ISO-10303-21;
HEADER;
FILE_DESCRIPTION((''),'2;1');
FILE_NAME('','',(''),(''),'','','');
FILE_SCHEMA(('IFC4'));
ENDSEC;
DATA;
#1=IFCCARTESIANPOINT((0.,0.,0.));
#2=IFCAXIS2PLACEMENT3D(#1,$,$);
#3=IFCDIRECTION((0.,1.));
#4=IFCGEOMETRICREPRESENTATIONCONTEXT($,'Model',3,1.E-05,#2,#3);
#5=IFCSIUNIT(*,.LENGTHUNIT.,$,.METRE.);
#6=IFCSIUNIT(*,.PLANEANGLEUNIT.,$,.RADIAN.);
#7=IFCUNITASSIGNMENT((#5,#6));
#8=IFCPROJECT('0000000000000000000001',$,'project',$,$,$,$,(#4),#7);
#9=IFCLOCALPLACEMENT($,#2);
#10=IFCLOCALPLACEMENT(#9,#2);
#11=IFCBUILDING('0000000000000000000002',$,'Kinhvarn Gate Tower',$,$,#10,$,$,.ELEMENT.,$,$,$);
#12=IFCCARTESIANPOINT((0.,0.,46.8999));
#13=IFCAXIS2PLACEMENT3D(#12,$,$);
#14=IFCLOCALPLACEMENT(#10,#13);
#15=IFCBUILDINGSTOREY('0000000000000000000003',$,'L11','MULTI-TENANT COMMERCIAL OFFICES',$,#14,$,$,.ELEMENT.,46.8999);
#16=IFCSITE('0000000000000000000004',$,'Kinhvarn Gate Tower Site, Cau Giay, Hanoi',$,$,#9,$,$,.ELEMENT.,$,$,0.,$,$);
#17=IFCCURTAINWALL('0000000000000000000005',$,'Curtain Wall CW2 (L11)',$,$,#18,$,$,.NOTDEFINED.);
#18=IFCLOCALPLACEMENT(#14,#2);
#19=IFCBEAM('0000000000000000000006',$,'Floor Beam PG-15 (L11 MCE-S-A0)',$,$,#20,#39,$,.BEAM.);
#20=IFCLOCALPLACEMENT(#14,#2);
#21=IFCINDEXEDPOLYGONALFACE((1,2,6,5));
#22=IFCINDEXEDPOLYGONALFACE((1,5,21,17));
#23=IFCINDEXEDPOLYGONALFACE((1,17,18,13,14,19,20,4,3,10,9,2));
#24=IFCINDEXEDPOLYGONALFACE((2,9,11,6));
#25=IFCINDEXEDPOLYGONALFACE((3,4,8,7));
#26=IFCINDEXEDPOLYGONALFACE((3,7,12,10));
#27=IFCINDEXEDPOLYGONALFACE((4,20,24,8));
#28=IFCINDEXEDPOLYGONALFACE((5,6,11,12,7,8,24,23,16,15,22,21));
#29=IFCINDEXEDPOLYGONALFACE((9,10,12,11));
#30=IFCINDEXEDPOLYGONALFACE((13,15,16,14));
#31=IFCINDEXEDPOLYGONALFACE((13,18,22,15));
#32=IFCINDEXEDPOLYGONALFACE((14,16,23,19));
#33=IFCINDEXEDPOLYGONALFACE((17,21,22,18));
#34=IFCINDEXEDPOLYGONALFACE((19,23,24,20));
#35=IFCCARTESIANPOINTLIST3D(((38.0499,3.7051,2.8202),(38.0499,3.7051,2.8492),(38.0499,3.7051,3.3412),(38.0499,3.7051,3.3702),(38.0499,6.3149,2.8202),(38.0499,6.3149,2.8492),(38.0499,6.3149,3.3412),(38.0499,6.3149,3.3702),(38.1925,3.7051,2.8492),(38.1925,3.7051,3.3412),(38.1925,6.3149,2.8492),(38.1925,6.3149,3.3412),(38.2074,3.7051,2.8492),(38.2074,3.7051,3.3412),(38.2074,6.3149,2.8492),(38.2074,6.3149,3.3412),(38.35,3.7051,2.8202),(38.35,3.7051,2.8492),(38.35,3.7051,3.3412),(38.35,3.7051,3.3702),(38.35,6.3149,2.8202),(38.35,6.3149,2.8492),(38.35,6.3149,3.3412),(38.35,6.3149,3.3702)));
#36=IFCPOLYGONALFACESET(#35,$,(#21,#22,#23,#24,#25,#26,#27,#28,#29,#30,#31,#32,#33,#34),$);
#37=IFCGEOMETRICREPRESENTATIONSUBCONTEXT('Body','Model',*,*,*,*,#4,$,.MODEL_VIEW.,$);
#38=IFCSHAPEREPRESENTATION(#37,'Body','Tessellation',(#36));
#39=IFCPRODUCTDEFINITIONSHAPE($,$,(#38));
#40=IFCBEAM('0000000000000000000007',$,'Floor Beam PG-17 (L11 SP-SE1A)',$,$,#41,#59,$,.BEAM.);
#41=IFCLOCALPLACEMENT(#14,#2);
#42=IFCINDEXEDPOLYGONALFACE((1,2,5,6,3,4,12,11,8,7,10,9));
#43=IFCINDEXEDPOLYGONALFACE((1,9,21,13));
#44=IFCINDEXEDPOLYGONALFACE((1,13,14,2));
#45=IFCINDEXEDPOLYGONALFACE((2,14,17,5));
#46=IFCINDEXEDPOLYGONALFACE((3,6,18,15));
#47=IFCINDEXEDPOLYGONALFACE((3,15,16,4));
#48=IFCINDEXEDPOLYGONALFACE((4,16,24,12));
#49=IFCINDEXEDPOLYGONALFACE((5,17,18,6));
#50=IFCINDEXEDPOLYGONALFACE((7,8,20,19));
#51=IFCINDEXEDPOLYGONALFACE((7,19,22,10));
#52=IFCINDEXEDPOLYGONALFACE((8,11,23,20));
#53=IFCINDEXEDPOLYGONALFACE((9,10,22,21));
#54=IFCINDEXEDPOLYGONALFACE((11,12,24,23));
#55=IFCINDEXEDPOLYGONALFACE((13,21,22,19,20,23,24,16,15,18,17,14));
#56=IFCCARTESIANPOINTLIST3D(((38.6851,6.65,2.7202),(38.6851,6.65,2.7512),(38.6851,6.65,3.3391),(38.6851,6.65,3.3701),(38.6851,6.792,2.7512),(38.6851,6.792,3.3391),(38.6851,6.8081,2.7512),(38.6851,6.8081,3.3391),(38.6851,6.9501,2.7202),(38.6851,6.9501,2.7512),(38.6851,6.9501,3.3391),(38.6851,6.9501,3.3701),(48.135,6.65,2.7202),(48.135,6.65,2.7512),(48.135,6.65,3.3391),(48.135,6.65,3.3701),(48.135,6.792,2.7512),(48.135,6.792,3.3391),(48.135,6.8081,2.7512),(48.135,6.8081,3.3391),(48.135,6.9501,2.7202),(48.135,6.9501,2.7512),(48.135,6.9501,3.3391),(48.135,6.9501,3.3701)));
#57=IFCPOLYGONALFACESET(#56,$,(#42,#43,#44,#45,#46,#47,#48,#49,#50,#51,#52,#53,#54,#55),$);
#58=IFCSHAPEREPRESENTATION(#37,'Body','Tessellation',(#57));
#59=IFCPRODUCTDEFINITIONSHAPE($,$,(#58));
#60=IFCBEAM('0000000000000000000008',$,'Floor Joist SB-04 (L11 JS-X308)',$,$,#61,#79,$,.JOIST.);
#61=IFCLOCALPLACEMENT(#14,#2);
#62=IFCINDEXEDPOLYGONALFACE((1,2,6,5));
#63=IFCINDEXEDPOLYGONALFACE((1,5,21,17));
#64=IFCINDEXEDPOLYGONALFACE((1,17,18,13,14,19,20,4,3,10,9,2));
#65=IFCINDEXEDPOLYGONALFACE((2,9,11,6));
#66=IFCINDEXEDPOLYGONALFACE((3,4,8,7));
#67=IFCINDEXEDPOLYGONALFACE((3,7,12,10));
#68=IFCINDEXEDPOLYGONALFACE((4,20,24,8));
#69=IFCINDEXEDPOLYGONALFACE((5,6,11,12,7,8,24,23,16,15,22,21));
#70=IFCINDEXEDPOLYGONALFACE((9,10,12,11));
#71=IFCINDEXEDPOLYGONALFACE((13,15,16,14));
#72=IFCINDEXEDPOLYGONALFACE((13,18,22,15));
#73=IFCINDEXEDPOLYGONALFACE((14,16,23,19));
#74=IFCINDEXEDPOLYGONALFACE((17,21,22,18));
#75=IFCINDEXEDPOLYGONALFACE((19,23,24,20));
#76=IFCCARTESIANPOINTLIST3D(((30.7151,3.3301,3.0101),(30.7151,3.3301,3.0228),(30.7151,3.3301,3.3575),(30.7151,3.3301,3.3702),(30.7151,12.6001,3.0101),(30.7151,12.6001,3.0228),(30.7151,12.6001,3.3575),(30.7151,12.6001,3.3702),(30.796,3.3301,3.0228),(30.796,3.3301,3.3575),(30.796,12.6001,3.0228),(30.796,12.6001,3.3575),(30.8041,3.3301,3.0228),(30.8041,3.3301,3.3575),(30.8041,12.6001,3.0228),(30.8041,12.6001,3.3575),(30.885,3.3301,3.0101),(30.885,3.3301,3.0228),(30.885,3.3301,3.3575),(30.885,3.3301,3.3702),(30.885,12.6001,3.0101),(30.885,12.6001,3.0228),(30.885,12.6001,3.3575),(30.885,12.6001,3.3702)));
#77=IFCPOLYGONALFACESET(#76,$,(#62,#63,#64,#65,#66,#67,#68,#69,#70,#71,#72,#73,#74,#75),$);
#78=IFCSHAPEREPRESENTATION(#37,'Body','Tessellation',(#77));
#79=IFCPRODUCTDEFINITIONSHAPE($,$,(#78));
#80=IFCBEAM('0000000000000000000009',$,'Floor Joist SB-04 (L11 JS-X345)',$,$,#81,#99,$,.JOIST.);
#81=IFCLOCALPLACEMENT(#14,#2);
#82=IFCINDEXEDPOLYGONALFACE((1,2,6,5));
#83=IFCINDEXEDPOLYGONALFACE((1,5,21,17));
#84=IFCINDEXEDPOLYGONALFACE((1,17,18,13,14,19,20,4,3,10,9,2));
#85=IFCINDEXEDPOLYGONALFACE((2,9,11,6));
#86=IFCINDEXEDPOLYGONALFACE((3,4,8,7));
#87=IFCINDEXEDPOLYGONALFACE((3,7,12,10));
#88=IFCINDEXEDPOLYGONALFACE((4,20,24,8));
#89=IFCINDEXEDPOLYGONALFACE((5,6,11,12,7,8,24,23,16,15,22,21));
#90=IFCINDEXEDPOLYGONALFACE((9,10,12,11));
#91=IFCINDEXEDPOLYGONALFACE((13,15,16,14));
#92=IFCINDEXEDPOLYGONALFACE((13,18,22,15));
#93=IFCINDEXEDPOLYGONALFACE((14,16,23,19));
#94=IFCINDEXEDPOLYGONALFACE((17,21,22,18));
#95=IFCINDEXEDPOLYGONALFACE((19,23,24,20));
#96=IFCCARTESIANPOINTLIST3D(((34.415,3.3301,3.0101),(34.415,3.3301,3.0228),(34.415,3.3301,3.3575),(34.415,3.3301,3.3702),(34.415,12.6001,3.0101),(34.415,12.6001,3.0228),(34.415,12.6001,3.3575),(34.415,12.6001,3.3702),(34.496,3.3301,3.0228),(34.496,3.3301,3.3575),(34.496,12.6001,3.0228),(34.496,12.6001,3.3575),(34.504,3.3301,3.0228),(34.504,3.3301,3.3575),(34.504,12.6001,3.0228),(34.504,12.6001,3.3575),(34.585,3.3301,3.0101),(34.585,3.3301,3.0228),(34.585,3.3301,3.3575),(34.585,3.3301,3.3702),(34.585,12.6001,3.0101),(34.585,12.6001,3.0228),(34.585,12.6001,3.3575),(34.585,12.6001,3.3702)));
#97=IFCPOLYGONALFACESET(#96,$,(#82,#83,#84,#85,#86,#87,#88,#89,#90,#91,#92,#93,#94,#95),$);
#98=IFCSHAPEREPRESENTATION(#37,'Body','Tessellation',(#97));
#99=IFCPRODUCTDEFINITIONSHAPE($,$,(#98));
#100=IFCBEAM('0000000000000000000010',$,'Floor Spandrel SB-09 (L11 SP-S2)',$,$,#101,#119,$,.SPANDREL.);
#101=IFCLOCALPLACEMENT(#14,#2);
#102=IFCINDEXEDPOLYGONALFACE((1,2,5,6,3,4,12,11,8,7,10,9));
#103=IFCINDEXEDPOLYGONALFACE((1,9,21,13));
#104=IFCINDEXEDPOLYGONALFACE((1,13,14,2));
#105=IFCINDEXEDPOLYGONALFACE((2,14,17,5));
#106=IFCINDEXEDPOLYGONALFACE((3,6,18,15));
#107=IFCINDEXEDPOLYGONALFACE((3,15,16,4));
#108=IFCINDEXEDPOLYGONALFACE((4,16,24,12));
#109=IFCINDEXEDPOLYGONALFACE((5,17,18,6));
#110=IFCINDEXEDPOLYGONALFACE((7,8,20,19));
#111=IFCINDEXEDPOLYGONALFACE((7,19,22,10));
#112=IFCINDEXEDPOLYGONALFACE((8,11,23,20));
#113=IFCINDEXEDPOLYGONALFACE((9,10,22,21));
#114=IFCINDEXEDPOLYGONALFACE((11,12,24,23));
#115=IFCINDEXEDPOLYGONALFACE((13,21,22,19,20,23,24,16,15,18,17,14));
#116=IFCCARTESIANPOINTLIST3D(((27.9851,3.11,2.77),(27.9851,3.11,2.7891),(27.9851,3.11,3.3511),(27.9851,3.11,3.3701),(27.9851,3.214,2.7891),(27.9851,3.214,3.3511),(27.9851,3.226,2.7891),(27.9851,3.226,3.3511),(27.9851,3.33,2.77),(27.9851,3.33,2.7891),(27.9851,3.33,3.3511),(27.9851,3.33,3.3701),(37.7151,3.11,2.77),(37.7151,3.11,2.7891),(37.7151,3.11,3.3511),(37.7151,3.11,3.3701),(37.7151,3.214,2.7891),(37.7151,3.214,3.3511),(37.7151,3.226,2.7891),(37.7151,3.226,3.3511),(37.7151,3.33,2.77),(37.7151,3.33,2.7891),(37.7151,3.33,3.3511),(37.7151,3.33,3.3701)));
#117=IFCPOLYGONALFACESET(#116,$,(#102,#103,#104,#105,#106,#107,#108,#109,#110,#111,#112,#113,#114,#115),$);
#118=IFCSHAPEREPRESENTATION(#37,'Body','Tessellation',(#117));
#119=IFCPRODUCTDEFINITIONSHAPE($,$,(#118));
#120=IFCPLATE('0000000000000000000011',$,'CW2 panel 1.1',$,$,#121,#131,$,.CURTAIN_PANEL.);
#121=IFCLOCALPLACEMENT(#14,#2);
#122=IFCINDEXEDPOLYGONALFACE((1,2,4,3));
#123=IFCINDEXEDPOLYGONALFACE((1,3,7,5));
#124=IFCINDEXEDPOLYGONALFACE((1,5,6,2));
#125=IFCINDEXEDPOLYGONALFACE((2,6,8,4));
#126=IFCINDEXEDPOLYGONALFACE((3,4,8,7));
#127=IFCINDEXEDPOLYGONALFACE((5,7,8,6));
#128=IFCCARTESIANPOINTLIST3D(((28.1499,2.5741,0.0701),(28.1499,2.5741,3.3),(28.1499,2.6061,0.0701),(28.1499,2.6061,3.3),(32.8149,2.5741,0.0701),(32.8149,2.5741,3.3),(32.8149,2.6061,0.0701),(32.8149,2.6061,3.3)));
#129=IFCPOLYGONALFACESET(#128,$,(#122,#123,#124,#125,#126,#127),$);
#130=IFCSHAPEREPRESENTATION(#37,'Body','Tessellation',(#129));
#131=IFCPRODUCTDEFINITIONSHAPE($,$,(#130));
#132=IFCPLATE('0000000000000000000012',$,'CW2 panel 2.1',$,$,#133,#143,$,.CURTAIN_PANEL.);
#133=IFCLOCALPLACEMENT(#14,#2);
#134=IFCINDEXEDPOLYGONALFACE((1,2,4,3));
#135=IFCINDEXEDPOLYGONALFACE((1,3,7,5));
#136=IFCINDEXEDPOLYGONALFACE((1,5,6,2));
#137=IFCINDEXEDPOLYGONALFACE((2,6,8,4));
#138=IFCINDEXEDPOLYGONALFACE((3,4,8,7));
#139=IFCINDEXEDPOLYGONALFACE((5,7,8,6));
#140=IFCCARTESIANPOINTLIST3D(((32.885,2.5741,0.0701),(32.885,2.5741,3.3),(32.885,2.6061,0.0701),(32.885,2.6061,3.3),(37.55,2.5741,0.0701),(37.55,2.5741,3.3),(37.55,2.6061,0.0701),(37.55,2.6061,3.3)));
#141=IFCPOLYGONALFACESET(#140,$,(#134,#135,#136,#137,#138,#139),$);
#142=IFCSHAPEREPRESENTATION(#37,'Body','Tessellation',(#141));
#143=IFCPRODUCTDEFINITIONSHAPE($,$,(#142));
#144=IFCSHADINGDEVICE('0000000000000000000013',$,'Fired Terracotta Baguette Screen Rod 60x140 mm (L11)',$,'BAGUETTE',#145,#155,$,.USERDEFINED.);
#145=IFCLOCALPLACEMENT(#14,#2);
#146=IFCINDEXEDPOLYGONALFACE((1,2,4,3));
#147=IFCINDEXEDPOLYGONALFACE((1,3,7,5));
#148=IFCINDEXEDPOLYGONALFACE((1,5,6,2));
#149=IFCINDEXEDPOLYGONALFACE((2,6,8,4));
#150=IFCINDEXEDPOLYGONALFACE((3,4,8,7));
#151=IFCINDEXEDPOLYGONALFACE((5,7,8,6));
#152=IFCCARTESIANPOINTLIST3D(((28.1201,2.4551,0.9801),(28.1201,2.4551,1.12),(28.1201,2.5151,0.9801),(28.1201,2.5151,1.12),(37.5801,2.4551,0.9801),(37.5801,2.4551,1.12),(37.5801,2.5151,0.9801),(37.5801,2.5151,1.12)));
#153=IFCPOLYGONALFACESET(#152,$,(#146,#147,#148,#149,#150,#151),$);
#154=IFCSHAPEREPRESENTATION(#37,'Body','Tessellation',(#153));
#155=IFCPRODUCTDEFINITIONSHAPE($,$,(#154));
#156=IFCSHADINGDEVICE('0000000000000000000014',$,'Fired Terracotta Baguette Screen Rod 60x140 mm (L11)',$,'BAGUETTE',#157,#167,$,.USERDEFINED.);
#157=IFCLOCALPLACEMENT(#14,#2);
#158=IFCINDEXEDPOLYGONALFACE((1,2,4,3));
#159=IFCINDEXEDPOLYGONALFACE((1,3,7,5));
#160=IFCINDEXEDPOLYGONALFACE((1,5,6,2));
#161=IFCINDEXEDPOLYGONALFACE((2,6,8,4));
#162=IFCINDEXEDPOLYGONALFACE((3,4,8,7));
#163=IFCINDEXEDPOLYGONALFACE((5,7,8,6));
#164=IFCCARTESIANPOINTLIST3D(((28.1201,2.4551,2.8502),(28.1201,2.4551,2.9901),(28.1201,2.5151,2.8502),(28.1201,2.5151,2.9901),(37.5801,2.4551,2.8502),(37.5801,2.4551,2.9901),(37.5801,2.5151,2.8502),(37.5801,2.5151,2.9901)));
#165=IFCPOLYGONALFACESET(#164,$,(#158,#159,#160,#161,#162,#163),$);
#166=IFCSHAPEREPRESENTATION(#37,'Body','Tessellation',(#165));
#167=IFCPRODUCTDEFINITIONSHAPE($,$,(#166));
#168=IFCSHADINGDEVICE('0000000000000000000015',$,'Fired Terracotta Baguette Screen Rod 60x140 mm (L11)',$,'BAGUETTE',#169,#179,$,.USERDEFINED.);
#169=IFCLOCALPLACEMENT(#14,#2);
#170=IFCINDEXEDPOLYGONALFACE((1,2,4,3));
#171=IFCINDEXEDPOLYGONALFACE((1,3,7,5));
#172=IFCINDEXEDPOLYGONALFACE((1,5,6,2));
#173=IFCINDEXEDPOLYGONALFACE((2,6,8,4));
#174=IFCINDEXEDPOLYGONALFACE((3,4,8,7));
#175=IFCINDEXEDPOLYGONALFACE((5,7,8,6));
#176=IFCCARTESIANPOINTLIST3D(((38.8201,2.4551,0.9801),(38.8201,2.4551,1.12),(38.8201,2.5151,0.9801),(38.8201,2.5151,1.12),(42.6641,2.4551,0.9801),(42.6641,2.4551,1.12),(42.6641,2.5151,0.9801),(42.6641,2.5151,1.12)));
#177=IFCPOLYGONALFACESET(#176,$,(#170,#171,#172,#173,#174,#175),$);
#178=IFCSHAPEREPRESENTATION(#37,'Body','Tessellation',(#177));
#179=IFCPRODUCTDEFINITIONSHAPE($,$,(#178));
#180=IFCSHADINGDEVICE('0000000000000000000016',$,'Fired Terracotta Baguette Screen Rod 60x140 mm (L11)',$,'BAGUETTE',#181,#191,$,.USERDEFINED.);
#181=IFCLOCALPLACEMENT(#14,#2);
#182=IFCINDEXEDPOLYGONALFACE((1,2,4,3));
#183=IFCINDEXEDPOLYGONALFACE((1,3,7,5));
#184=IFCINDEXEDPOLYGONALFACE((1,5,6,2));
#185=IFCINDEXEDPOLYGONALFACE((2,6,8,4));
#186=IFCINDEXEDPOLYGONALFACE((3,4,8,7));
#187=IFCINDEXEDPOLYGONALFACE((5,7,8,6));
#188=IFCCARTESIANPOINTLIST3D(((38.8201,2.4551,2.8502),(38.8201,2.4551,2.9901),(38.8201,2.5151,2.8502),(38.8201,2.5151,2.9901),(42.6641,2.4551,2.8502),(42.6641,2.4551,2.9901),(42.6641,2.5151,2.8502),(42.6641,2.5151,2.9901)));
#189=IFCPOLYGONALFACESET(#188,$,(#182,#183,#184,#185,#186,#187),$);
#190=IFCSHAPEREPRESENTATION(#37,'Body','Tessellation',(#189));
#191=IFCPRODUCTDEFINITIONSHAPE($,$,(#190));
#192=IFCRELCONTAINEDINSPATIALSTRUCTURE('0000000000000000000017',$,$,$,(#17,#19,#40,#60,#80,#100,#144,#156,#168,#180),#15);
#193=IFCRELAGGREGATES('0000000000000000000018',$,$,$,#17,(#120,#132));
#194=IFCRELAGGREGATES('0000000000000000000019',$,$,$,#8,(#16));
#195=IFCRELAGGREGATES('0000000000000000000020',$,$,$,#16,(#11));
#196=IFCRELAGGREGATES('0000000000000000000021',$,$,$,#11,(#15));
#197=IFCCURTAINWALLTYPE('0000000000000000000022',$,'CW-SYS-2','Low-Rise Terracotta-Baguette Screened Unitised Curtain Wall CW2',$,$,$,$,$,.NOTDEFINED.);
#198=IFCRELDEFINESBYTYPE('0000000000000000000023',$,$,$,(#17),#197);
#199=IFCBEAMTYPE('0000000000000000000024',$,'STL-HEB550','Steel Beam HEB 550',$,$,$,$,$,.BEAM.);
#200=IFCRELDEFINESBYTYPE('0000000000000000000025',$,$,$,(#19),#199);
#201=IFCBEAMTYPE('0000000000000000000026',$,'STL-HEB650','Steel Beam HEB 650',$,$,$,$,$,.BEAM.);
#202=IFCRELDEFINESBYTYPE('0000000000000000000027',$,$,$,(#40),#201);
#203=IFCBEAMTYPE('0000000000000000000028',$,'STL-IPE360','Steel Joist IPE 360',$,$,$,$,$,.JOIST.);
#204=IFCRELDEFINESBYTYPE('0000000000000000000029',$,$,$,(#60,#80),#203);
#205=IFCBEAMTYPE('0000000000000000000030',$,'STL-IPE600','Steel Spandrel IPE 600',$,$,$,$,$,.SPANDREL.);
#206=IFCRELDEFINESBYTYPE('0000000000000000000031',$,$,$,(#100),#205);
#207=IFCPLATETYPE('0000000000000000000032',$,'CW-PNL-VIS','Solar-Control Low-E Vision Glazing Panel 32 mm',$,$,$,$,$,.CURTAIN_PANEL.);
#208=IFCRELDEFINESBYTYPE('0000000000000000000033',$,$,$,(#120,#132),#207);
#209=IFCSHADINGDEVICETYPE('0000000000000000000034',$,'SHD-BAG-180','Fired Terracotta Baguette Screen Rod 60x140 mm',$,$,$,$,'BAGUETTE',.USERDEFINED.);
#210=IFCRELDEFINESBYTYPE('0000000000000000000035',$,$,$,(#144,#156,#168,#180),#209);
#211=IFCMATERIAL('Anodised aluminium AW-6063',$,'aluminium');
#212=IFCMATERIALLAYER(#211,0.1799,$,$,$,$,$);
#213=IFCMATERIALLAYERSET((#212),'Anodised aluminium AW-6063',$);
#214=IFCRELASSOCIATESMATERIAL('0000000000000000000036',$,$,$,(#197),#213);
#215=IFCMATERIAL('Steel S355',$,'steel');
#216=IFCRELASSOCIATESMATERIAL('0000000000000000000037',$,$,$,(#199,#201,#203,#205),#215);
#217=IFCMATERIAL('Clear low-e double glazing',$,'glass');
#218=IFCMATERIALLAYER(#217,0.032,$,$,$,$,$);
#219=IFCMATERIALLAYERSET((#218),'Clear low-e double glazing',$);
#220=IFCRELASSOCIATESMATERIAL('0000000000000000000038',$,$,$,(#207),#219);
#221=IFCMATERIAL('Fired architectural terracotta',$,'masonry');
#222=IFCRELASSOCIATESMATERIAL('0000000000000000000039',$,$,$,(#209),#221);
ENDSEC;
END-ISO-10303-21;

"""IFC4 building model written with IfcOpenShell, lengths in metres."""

from ifc_helpers import new_model, si_unit, direction, frame, origin, origin_2d, place, context, subcontext, project, spatial, rectangle, i_section, extrude, material, layer, layer_set, material_profile, profile_set, type_object, element, aggregate, save


model = new_model("IFC4")

# Units and contexts
model_context = context("Model", 3, precision=1e-05, world=origin(), true_north=direction((0.0, 1.0)))
body_context = subcontext(model_context, "Body", "Model", "MODEL_VIEW")
ifc_project = project(units=[si_unit("LENGTHUNIT", "METRE"), si_unit("PLANEANGLEUNIT", "RADIAN")], contexts=[model_context])

# Site, building, storey
site_placement = place(None, origin())
site = spatial("IfcSite", under=ifc_project, at=site_placement, Name="Kinhvarn Gate Tower Site, Cau Giay, Hanoi", CompositionType="ELEMENT", RefElevation=0.0)
building_placement = place(site_placement, origin())
building = spatial("IfcBuilding", under=site, at=building_placement, Name="Kinhvarn Gate Tower", CompositionType="ELEMENT")
storey_placement = place(building_placement, frame((0.0, 0.0, 46.8999)))
storey = spatial("IfcBuildingStorey", under=building, at=storey_placement, Name="L11", Description="MULTI-TENANT COMMERCIAL OFFICES", CompositionType="ELEMENT", Elevation=46.8999)

# Shared definitions
ifc_material_1 = material(Name="Anodised aluminium AW-6063", Category="aluminium")
ifc_layer_1 = layer(ifc_material_1, 0.1799)
ifc_layer_set_1 = layer_set([ifc_layer_1], Name="Anodised aluminium AW-6063")
curtain_wall_type = type_object("IfcCurtainWallType", Name="CW-SYS-2", Description="Low-Rise Terracotta-Baguette Screened Unitised Curtain Wall CW2", PredefinedType="NOTDEFINED", material=ifc_layer_set_1)

# Curtain wall
curtain_wall_1_placement = place(storey_placement, origin())
curtain_wall_1 = element("IfcCurtainWall", 1, at=curtain_wall_1_placement, inside=storey, type_object=curtain_wall_type, Name="Curtain Wall CW2 (L11)", PredefinedType="NOTDEFINED")

# Beams
ifc_material_2 = material(Name="Steel S355", Category="steel")
ifc_material_profile_1 = material_profile(ifc_material_2, i_section(OverallWidth=0.3, OverallDepth=0.55, WebThickness=0.0149, FlangeThickness=0.0291, at=origin_2d()), Name="HEB 550")
ifc_profile_set_1 = profile_set([ifc_material_profile_1], Name="Steel S355")
beam_type_1 = type_object("IfcBeamType", Name="STL-HEB550", Description="Steel Beam HEB 550", PredefinedType="BEAM", material=ifc_profile_set_1)
beam_1_placement = place(storey_placement, frame((38.2, 3.7051, 3.0952), z_axis=(0.0, 1.0, 0.0), x_axis=(-1.0, 0.0, 0.0)))
element("IfcBeam", 2, at=beam_1_placement, inside=storey, type_object=beam_type_1, Name="Floor Beam PG-15 (L11 MCE-S-A0)", PredefinedType="BEAM", context=body_context, shape_type="SweptSolid", body=[
    extrude(i_section(OverallWidth=0.3, OverallDepth=0.55, WebThickness=0.0149, FlangeThickness=0.0291, at=origin_2d()), origin(), (0.0, 0.0, 1.0), 2.6099),
])
ifc_material_profile_2 = material_profile(ifc_material_2, i_section(OverallWidth=0.3, OverallDepth=0.6499, WebThickness=0.0161, FlangeThickness=0.031, at=origin_2d()), Name="HEB 650")
ifc_profile_set_2 = profile_set([ifc_material_profile_2], Name="Steel S355")
beam_type_2 = type_object("IfcBeamType", Name="STL-HEB650", Description="Steel Beam HEB 650", PredefinedType="BEAM", material=ifc_profile_set_2)
beam_2_placement = place(storey_placement, frame((38.6851, 6.8, 3.0452), z_axis=(1.0, 0.0, 0.0), x_axis=(0.0, 1.0, 0.0)))
element("IfcBeam", 3, at=beam_2_placement, inside=storey, type_object=beam_type_2, Name="Floor Beam PG-17 (L11 SP-SE1A)", PredefinedType="BEAM", context=body_context, shape_type="SweptSolid", body=[
    extrude(i_section(OverallWidth=0.3, OverallDepth=0.6499, WebThickness=0.0161, FlangeThickness=0.031, at=origin_2d()), origin(), (0.0, 0.0, 1.0), 9.45),
])
ifc_material_profile_3 = material_profile(ifc_material_2, i_section(OverallWidth=0.1699, OverallDepth=0.3601, WebThickness=0.0081, FlangeThickness=0.0127, at=origin_2d()), Name="IPE 360")
ifc_profile_set_3 = profile_set([ifc_material_profile_3], Name="Steel S355")
beam_type_3 = type_object("IfcBeamType", Name="STL-IPE360", Description="Steel Joist IPE 360", PredefinedType="JOIST", material=ifc_profile_set_3)
for number, where, z_axis, x_axis, name in (
    (4, (30.8, 3.3301, 3.1902), (0.0, 1.0, 0.0), (-1.0, 0.0, 0.0), "Floor Joist SB-04 (L11 JS-X308)"),
    (5, (34.5, 3.3301, 3.1902), (0.0, 1.0, 0.0), (-1.0, 0.0, 0.0), "Floor Joist SB-04 (L11 JS-X345)"),
):
    element("IfcBeam", number, at=place(storey_placement, frame(where, z_axis=z_axis, x_axis=x_axis)), inside=storey, type_object=beam_type_3, Name=name, PredefinedType="JOIST", context=body_context, shape_type="SweptSolid", body=[
        extrude(i_section(OverallWidth=0.1699, OverallDepth=0.3601, WebThickness=0.0081, FlangeThickness=0.0127, at=origin_2d()), origin(), (0.0, 0.0, 1.0), 9.27),
    ])
ifc_material_profile_4 = material_profile(ifc_material_2, i_section(OverallWidth=0.22, OverallDepth=0.6001, WebThickness=0.012, FlangeThickness=0.019, at=origin_2d()), Name="IPE 600")
ifc_profile_set_4 = profile_set([ifc_material_profile_4], Name="Steel S355")
beam_type_4 = type_object("IfcBeamType", Name="STL-IPE600", Description="Steel Spandrel IPE 600", PredefinedType="SPANDREL", material=ifc_profile_set_4)
beam_3_placement = place(storey_placement, frame((27.9851, 3.22, 3.0701), z_axis=(1.0, 0.0, 0.0), x_axis=(0.0, 1.0, 0.0)))
element("IfcBeam", 6, at=beam_3_placement, inside=storey, type_object=beam_type_4, Name="Floor Spandrel SB-09 (L11 SP-S2)", PredefinedType="SPANDREL", context=body_context, shape_type="SweptSolid", body=[
    extrude(i_section(OverallWidth=0.22, OverallDepth=0.6001, WebThickness=0.012, FlangeThickness=0.019, at=origin_2d()), origin(), (0.0, 0.0, 1.0), 9.73),
])

# Plates
ifc_material_3 = material(Name="Clear low-e double glazing", Category="glass")
ifc_layer_2 = layer(ifc_material_3, 0.032)
ifc_layer_set_2 = layer_set([ifc_layer_2], Name="Clear low-e double glazing")
plate_type = type_object("IfcPlateType", Name="CW-PNL-VIS", Description="Solar-Control Low-E Vision Glazing Panel 32 mm", PredefinedType="CURTAIN_PANEL", material=ifc_layer_set_2)
plate_1_placement = place(storey_placement, frame((30.4824, 2.5901, 0.0701), z_axis=(0.0, 0.0, 1.0), x_axis=(1.0, 0.0, 0.0)))
plate_1 = element("IfcPlate", 7, at=plate_1_placement, type_object=plate_type, Name="CW2 panel 1.1", PredefinedType="CURTAIN_PANEL", context=body_context, shape_type="SweptSolid", body=[
    extrude(rectangle(XDim=4.665, YDim=0.032, at=origin_2d()), origin(), (0.0, 0.0, 1.0), 3.23),
])
plate_2_placement = place(storey_placement, frame((35.2175, 2.5901, 0.0701), z_axis=(0.0, 0.0, 1.0), x_axis=(1.0, 0.0, 0.0)))
plate_2 = element("IfcPlate", 8, at=plate_2_placement, type_object=plate_type, Name="CW2 panel 2.1", PredefinedType="CURTAIN_PANEL", context=body_context, shape_type="SweptSolid", body=[
    extrude(rectangle(XDim=4.665, YDim=0.032, at=origin_2d()), origin(), (0.0, 0.0, 1.0), 3.23),
])
aggregate(curtain_wall_1, [plate_1, plate_2])

# Shading devices
ifc_material_4 = material(Name="Fired architectural terracotta", Category="masonry")
ifc_material_profile_5 = material_profile(ifc_material_4, rectangle(XDim=0.0601, YDim=0.1399, at=origin_2d()), Name="TC 60x140")
ifc_profile_set_5 = profile_set([ifc_material_profile_5], Name="Fired architectural terracotta")
shading_device_type = type_object("IfcShadingDeviceType", Name="SHD-BAG-180", Description="Fired Terracotta Baguette Screen Rod 60x140 mm", ElementType="BAGUETTE", PredefinedType="USERDEFINED", material=ifc_profile_set_5)
for number, where, z_axis, x_axis, name in (
    (9, (28.1201, 2.4851, 1.05), (1.0, 0.0, 0.0), (0.0, 1.0, 0.0), "Fired Terracotta Baguette Screen Rod 60x140 mm (L11)"),
    (10, (28.1201, 2.4851, 2.9202), (1.0, 0.0, 0.0), (0.0, 1.0, 0.0), "Fired Terracotta Baguette Screen Rod 60x140 mm (L11)"),
):
    element("IfcShadingDevice", number, at=place(storey_placement, frame(where, z_axis=z_axis, x_axis=x_axis)), inside=storey, type_object=shading_device_type, Name=name, ObjectType="BAGUETTE", PredefinedType="USERDEFINED", context=body_context, shape_type="SweptSolid", body=[
        extrude(rectangle(XDim=0.0601, YDim=0.1399, at=origin_2d()), origin(), (0.0, 0.0, 1.0), 9.46),
    ])
for number, where, z_axis, x_axis, name in (
    (11, (38.8201, 2.4851, 1.05), (1.0, 0.0, 0.0), (0.0, 1.0, 0.0), "Fired Terracotta Baguette Screen Rod 60x140 mm (L11)"),
    (12, (38.8201, 2.4851, 2.9202), (1.0, 0.0, 0.0), (0.0, 1.0, 0.0), "Fired Terracotta Baguette Screen Rod 60x140 mm (L11)"),
):
    element("IfcShadingDevice", number, at=place(storey_placement, frame(where, z_axis=z_axis, x_axis=x_axis)), inside=storey, type_object=shading_device_type, Name=name, ObjectType="BAGUETTE", PredefinedType="USERDEFINED", context=body_context, shape_type="SweptSolid", body=[
        extrude(rectangle(XDim=0.0601, YDim=0.1399, at=origin_2d()), origin(), (0.0, 0.0, 1.0), 3.844),
    ])

save(model, "model.ifc")
